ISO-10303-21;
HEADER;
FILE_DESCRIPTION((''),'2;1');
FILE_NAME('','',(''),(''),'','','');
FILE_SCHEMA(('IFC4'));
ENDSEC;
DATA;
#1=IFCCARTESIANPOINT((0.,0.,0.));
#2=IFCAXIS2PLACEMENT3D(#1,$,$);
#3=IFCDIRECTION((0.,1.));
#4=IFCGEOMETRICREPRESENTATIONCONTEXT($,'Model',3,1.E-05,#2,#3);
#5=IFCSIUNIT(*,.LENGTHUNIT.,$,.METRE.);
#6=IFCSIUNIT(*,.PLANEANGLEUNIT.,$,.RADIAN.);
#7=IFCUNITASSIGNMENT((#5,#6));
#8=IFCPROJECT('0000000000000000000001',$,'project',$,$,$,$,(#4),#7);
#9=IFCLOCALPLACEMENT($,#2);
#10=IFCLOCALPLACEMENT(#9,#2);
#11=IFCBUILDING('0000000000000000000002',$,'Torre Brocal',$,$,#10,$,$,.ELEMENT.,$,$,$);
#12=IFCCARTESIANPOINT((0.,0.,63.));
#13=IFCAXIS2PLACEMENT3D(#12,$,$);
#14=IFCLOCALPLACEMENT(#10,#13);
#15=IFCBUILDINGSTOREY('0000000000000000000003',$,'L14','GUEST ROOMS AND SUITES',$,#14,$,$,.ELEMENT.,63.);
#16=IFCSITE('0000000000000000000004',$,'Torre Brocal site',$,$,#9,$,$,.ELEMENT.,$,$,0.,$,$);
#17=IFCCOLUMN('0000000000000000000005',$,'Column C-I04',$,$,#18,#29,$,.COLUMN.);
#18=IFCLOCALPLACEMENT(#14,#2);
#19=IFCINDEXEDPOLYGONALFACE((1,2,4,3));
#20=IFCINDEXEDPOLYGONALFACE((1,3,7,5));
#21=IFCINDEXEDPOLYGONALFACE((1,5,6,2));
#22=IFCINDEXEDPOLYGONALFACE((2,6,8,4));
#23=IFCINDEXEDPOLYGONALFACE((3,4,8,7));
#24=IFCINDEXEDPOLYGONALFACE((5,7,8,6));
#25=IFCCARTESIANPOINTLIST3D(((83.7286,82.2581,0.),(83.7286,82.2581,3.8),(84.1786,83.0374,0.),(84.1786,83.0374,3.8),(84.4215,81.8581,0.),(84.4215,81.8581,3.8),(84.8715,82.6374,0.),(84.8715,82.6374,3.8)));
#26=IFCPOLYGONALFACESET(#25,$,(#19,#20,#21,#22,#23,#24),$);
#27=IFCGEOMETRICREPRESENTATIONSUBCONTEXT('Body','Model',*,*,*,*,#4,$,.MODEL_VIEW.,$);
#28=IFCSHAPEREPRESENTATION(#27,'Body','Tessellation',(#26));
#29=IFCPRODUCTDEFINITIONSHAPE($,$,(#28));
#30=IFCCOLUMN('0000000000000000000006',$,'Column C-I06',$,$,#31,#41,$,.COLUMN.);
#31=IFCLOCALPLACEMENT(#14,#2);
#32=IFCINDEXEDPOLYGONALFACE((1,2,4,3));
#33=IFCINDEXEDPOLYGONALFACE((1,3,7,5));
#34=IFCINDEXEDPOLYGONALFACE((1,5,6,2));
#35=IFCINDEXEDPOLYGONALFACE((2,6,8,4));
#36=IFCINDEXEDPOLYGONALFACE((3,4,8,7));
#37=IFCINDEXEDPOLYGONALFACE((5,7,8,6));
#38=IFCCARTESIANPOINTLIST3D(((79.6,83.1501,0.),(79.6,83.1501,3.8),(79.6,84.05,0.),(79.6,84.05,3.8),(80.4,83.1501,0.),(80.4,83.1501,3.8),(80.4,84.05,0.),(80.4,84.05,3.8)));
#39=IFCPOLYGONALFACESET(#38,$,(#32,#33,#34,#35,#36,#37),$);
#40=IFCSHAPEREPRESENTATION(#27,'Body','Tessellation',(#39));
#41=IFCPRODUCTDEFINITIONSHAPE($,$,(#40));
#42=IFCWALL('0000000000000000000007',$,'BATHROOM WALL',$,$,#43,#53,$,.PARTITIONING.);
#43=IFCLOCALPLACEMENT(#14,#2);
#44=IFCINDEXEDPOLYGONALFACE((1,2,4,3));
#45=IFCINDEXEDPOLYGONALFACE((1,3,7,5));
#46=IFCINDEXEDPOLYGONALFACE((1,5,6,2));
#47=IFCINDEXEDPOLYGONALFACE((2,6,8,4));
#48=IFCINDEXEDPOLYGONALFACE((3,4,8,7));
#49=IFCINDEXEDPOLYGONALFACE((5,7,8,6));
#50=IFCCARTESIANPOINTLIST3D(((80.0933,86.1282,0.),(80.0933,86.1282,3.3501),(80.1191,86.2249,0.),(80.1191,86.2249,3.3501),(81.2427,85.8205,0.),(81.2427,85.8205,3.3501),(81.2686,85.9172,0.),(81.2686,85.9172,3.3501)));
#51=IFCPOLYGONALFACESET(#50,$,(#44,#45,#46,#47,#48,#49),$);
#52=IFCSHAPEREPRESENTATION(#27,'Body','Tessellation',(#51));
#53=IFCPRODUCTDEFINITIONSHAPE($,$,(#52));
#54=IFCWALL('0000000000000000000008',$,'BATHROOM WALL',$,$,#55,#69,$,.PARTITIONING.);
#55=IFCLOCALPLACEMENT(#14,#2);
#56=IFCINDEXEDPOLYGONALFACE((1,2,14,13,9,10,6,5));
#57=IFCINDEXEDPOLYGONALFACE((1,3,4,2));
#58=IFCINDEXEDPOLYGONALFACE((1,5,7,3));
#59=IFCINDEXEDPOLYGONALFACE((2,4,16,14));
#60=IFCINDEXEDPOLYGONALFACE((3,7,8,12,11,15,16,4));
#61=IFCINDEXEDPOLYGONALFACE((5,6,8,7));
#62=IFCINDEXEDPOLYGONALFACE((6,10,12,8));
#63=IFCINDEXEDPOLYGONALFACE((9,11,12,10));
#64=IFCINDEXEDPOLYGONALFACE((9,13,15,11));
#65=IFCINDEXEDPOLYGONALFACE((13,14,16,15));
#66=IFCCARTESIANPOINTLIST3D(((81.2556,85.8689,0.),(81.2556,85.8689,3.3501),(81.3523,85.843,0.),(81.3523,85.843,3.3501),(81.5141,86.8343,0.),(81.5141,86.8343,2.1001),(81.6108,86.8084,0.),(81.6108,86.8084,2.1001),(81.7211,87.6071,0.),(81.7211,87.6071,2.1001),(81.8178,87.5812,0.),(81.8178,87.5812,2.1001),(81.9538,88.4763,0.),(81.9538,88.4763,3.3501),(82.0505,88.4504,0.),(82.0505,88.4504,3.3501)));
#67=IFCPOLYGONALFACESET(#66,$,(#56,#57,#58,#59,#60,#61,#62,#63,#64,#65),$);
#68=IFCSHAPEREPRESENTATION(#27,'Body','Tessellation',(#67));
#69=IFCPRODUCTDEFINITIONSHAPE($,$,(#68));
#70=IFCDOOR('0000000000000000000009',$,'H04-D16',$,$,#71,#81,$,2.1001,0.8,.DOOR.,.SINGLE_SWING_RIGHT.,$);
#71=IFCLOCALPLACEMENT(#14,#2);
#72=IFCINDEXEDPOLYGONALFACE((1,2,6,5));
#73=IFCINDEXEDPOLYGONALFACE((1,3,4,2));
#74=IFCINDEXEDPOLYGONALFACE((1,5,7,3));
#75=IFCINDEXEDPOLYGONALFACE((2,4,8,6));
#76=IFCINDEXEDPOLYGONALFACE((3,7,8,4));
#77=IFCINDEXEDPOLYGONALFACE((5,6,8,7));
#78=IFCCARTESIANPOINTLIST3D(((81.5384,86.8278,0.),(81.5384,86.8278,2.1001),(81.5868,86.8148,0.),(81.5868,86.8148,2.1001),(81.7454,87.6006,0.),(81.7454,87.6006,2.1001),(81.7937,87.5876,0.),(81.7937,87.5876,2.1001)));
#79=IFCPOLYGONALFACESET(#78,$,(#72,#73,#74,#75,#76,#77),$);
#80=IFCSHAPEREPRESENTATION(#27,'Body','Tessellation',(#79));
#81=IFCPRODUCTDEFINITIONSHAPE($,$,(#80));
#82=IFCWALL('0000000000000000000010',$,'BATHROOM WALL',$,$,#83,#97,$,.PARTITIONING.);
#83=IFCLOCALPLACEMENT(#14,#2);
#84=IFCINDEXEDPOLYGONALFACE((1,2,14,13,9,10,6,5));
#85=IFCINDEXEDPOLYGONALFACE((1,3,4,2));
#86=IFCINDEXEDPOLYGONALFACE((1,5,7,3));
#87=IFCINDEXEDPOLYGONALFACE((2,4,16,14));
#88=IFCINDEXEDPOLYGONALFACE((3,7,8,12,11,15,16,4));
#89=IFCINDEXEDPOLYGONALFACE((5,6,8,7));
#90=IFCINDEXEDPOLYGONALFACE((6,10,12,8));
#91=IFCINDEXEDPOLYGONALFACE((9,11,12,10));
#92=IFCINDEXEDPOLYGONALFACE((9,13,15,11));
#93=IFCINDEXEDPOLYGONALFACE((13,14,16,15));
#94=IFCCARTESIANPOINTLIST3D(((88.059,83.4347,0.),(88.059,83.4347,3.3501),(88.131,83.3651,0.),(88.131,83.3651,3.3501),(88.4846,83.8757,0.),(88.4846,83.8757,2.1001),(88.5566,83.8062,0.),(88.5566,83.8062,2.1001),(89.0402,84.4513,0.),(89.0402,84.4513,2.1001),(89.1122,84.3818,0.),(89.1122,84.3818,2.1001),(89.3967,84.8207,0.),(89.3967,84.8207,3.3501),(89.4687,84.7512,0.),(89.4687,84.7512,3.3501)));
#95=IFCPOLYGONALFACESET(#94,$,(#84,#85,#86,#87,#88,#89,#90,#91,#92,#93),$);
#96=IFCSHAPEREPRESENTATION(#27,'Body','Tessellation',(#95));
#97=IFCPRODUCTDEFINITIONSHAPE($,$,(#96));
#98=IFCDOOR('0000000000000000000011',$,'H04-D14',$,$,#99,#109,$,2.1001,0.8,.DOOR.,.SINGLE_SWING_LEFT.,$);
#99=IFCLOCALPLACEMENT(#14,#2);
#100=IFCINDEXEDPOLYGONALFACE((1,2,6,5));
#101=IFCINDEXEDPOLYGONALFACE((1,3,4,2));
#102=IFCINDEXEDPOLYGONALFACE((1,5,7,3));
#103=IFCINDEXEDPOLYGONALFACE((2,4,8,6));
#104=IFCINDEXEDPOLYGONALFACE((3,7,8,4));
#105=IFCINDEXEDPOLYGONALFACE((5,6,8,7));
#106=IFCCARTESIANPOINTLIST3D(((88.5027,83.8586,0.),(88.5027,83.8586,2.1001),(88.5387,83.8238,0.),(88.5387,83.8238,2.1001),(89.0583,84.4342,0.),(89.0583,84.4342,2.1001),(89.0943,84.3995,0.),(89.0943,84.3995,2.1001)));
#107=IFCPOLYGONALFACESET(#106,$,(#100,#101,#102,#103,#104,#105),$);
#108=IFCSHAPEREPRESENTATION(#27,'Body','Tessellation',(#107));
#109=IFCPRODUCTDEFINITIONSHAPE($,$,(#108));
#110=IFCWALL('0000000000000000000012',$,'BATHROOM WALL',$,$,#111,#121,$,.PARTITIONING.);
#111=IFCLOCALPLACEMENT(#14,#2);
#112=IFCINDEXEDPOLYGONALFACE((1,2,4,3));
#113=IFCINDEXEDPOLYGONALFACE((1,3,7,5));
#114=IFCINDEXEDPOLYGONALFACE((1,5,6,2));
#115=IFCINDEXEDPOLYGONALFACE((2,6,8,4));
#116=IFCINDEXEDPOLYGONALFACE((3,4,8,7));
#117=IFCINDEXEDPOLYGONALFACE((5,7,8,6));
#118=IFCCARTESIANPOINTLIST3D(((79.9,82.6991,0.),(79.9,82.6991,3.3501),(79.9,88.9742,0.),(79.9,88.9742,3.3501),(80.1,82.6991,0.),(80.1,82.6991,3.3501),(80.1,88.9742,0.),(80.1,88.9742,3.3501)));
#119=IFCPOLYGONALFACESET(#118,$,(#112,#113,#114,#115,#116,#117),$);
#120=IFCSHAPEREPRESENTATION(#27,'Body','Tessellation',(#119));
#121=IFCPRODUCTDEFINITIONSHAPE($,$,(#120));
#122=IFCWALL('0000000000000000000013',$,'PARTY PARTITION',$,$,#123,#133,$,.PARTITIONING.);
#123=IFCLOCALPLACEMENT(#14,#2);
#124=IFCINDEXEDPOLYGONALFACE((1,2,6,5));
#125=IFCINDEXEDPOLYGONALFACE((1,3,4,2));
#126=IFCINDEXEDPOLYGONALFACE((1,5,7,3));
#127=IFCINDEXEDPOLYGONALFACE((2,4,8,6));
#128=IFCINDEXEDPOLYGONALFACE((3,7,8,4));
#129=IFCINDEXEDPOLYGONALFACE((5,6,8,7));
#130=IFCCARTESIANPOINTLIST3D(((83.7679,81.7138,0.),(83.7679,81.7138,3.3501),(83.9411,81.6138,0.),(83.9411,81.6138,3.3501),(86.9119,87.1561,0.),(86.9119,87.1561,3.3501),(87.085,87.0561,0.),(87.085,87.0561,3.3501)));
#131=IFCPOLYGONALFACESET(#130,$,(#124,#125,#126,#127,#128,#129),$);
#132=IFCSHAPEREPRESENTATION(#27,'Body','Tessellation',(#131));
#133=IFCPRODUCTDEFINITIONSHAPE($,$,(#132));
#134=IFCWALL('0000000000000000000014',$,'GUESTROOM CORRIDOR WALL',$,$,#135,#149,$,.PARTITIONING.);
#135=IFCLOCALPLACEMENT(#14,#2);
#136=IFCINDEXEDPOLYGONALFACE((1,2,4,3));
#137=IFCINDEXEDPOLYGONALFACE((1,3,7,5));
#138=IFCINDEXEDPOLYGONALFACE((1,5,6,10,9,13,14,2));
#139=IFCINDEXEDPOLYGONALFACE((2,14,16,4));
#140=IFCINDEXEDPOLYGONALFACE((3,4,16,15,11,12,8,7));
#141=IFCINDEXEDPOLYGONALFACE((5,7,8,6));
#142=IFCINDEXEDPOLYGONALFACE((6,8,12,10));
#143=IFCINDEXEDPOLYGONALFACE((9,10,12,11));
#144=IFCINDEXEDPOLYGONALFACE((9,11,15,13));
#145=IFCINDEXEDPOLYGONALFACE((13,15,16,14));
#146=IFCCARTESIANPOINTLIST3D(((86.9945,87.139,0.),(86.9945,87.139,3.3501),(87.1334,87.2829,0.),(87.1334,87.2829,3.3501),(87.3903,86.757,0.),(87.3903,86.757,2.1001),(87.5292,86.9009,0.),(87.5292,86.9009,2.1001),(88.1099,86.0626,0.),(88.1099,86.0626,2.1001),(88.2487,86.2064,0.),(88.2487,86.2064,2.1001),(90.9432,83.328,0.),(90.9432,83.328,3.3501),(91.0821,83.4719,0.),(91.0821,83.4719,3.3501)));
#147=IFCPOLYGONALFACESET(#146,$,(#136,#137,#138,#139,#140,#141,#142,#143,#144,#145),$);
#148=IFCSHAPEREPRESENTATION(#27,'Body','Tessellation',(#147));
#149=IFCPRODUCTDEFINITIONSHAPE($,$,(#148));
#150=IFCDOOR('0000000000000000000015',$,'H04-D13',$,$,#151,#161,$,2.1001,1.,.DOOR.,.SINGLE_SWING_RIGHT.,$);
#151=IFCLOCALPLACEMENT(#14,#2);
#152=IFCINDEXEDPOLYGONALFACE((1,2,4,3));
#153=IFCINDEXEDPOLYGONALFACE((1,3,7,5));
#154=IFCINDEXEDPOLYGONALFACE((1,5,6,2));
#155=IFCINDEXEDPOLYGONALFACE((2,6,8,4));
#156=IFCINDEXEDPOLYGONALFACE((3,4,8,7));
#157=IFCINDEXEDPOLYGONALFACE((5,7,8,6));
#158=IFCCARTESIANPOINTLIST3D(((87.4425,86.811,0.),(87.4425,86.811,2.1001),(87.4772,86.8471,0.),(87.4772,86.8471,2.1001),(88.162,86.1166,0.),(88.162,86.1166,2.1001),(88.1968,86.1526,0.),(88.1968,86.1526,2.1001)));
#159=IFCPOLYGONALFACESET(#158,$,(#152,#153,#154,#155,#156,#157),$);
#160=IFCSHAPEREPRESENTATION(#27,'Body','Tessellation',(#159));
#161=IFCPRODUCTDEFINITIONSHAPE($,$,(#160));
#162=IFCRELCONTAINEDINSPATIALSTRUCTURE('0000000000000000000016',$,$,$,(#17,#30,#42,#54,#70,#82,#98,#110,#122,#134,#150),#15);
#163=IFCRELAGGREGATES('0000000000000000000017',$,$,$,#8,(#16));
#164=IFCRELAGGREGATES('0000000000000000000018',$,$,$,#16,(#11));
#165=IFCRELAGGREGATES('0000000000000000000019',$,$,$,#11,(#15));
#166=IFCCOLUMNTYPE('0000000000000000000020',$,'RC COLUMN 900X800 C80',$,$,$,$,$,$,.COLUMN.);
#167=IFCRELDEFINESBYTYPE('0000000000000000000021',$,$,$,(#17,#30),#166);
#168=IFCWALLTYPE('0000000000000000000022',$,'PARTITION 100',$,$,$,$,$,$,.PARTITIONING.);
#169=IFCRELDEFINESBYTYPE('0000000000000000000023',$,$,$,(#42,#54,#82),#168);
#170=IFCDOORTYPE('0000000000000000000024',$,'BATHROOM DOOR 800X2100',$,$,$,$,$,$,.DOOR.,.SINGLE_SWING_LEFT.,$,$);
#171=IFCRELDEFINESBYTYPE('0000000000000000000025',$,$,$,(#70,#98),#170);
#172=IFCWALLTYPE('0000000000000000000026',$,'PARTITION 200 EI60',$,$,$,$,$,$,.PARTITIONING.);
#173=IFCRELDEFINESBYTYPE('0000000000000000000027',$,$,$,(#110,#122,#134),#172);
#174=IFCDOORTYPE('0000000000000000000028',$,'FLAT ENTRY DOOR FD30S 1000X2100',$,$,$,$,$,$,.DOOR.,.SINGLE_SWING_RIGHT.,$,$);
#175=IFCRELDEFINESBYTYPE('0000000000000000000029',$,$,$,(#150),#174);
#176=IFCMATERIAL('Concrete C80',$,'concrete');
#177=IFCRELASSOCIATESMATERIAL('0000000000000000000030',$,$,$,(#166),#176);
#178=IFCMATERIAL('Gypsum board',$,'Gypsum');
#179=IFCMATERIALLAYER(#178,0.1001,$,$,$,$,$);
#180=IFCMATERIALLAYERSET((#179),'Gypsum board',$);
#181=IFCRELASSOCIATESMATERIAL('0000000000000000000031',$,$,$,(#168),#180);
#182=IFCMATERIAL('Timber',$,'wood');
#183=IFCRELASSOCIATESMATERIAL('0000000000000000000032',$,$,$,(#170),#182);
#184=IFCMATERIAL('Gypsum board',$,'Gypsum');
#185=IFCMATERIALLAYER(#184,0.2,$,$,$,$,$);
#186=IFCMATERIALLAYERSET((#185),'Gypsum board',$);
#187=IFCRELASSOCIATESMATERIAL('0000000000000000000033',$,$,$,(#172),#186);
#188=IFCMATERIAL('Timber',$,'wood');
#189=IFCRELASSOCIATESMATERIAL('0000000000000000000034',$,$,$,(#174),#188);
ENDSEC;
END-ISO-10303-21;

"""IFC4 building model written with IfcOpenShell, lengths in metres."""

from ifc_helpers import new_model, si_unit, direction, frame, frame_2d, origin, origin_2d, place, context, subcontext, project, spatial, rectangle, extrude, material, layer, layer_set, material_profile, profile_set, type_object, element, fill, save


model = new_model("IFC4")

# Units and contexts
model_context = context("Model", 3, precision=1e-05, world=origin(), true_north=direction((0.0, 1.0)))
body_context = subcontext(model_context, "Body", "Model", "MODEL_VIEW")
ifc_project = project(units=[si_unit("LENGTHUNIT", "METRE"), si_unit("PLANEANGLEUNIT", "RADIAN")], contexts=[model_context])

# Site, building, storey
site_placement = place(None, origin())
site = spatial("IfcSite", under=ifc_project, at=site_placement, Name="Torre Brocal site", CompositionType="ELEMENT", RefElevation=0.0)
building_placement = place(site_placement, origin())
building = spatial("IfcBuilding", under=site, at=building_placement, Name="Torre Brocal", CompositionType="ELEMENT")
storey_placement = place(building_placement, frame((0.0, 0.0, 63.0)))
storey = spatial("IfcBuildingStorey", under=building, at=storey_placement, Name="L14", Description="GUEST ROOMS AND SUITES", CompositionType="ELEMENT", Elevation=63.0)

# Columns
ifc_material_1 = material(Name="Concrete C80", Category="concrete")
ifc_material_profile = material_profile(ifc_material_1, rectangle(XDim=0.8999, YDim=0.8, at=origin_2d()), Name="RC 900X800")
ifc_profile_set = profile_set([ifc_material_profile], Name="Concrete C80")
column_type = type_object("IfcColumnType", Name="RC COLUMN 900X800 C80", PredefinedType="COLUMN", material=ifc_profile_set)
for number, where, z_axis, x_axis, name in (
    (1, (84.3, 82.4478, 0.0), (0.0, 0.0, 1.0), (0.5, 0.866025, 0.0), "Column C-I04"),
    (2, (80.0, 83.6001, 0.0), (0.0, 0.0, 1.0), (0.0, 1.0, 0.0), "Column C-I06"),
):
    element("IfcColumn", number, at=place(storey_placement, frame(where, z_axis=z_axis, x_axis=x_axis)), inside=storey, type_object=column_type, Name=name, PredefinedType="COLUMN", context=body_context, shape_type="SweptSolid", body=[
        extrude(rectangle(XDim=0.8999, YDim=0.8, at=origin_2d()), origin(), (0.0, 0.0, 1.0), 3.8),
    ])

# Wall
ifc_material_2 = material(Name="Gypsum board", Category="Gypsum")
ifc_layer_1 = layer(ifc_material_2, 0.1001)
ifc_layer_set_1 = layer_set([ifc_layer_1], Name="Gypsum board")
wall_type_1 = type_object("IfcWallType", Name="PARTITION 100", PredefinedType="PARTITIONING", material=ifc_layer_set_1)
wall_1_placement = place(storey_placement, frame((80.1062, 86.1765, 0.0), z_axis=(0.0, 0.0, 1.0), x_axis=(0.966003, -0.258531, 0.0)))
element("IfcWall", 3, at=wall_1_placement, inside=storey, type_object=wall_type_1, Name="BATHROOM WALL", PredefinedType="PARTITIONING", context=body_context, shape_type="SweptSolid", body=[
    extrude(rectangle(XDim=1.1899, YDim=0.1001, at=frame_2d((0.595, 0.0))), origin(), (0.0, 0.0, 1.0), 3.3501),
])

# Walls, openings, doors
wall_2_placement = place(storey_placement, frame((81.304, 85.856, 0.0), z_axis=(0.0, 0.0, 1.0), x_axis=(0.258676, 0.965964, 0.0)))
wall_2 = element("IfcWall", 4, at=wall_2_placement, inside=storey, type_object=wall_type_1, Name="BATHROOM WALL", PredefinedType="PARTITIONING", context=body_context, shape_type="SweptSolid", body=[
    extrude(rectangle(XDim=2.6992, YDim=0.1001, at=frame_2d((1.3496, 0.0))), origin(), (0.0, 0.0, 1.0), 3.3501),
])
opening_1_placement = place(wall_2_placement, frame((0.9995, 0.0, 0.0)))
opening_1 = element("IfcOpeningElement", 5, at=opening_1_placement, cuts=wall_2, PredefinedType="OPENING", context=body_context, shape_type="SweptSolid", body=[
    extrude(rectangle(XDim=0.8, YDim=2.1001, at=frame_2d((0.3999, 1.05))), frame((0.0, 0.0601, 0.0), z_axis=(0.0, -1.0, 0.0), x_axis=(1.0, 0.0, 0.0)), (0.0, 0.0, 1.0), 0.1201),
])
ifc_material_3 = material(Name="Timber", Category="wood")
door_type_1 = type_object("IfcDoorType", Name="BATHROOM DOOR 800X2100", OperationType="SINGLE_SWING_LEFT", PredefinedType="DOOR", material=ifc_material_3)
door_1_placement = place(opening_1_placement, origin())
door_1 = element("IfcDoor", 6, at=door_1_placement, inside=storey, type_object=door_type_1, Name="H04-D16", OperationType="SINGLE_SWING_RIGHT", OverallHeight=2.1001, OverallWidth=0.8, PredefinedType="DOOR", context=body_context, shape_type="SweptSolid", body=[
    extrude(rectangle(XDim=0.8, YDim=2.1001, at=frame_2d((0.3999, 1.05))), frame((0.0, 0.0249, 0.0), z_axis=(0.0, -1.0, 0.0), x_axis=(1.0, 0.0, 0.0)), (0.0, 0.0, 1.0), 0.05),
])
fill(opening_1, door_1)
wall_3_placement = place(storey_placement, frame((88.095, 83.3999, 0.0), z_axis=(0.0, 0.0, 1.0), x_axis=(0.694447, 0.719543, 0.0)))
wall_3 = element("IfcWall", 7, at=wall_3_placement, inside=storey, type_object=wall_type_1, Name="BATHROOM WALL", PredefinedType="PARTITIONING", context=body_context, shape_type="SweptSolid", body=[
    extrude(rectangle(XDim=1.9263, YDim=0.1001, at=frame_2d((0.9631, 0.0))), origin(), (0.0, 0.0, 1.0), 3.3501),
])
opening_2_placement = place(wall_3_placement, frame((0.613, 0.0, 0.0)))
opening_2 = element("IfcOpeningElement", 8, at=opening_2_placement, cuts=wall_3, PredefinedType="OPENING", context=body_context, shape_type="SweptSolid", body=[
    extrude(rectangle(XDim=0.8, YDim=2.1001, at=frame_2d((0.3999, 1.05))), frame((0.0, 0.0601, 0.0), z_axis=(0.0, -1.0, 0.0), x_axis=(1.0, 0.0, 0.0)), (0.0, 0.0, 1.0), 0.1201),
])
door_2_placement = place(opening_2_placement, frame((0.8, 0.0, 0.0), z_axis=(0.0, 0.0, 1.0), x_axis=(-1.0, 0.0, 0.0)))
door_2 = element("IfcDoor", 9, at=door_2_placement, inside=storey, type_object=door_type_1, Name="H04-D14", OperationType="SINGLE_SWING_LEFT", OverallHeight=2.1001, OverallWidth=0.8, PredefinedType="DOOR", context=body_context, shape_type="SweptSolid", body=[
    extrude(rectangle(XDim=0.8, YDim=2.1001, at=frame_2d((0.3999, 1.05))), frame((0.0, 0.0249, 0.0), z_axis=(0.0, -1.0, 0.0), x_axis=(1.0, 0.0, 0.0)), (0.0, 0.0, 1.0), 0.05),
])
fill(opening_2, door_2)

# Walls
ifc_material_4 = material(Name="Gypsum board", Category="Gypsum")
ifc_layer_2 = layer(ifc_material_4, 0.2)
ifc_layer_set_2 = layer_set([ifc_layer_2], Name="Gypsum board")
wall_type_2 = type_object("IfcWallType", Name="PARTITION 200 EI60", PredefinedType="PARTITIONING", material=ifc_layer_set_2)
wall_4_placement = place(storey_placement, frame((80.0, 82.699, 0.0), z_axis=(0.0, 0.0, 1.0), x_axis=(0.0, 1.0, 0.0)))
element("IfcWall", 10, at=wall_4_placement, inside=storey, type_object=wall_type_2, Name="BATHROOM WALL", PredefinedType="PARTITIONING", context=body_context, shape_type="SweptSolid", body=[
    extrude(rectangle(XDim=6.2751, YDim=0.2, at=frame_2d((3.1377, 0.0))), origin(), (0.0, 0.0, 1.0), 3.3501),
])
wall_5_placement = place(storey_placement, frame((83.8545, 81.6638, 0.0), z_axis=(0.0, 0.0, 1.0), x_axis=(0.500225, 0.865896, 0.0)))
element("IfcWall", 11, at=wall_5_placement, inside=storey, type_object=wall_type_2, Name="PARTY PARTITION", PredefinedType="PARTITIONING", context=body_context, shape_type="SweptSolid", body=[
    extrude(rectangle(XDim=6.2852, YDim=0.2, at=frame_2d((3.1426, 0.0))), origin(), (0.0, 0.0, 1.0), 3.3501),
])

# Wall, opening, door
wall_6_placement = place(storey_placement, frame((87.064, 87.2109, 0.0), z_axis=(0.0, 0.0, 1.0), x_axis=(0.719541, -0.69445, 0.0)))
wall_6 = element("IfcWall", 12, at=wall_6_placement, inside=storey, type_object=wall_type_2, Name="GUESTROOM CORRIDOR WALL", PredefinedType="PARTITIONING", context=body_context, shape_type="SweptSolid", body=[
    extrude(rectangle(XDim=5.4878, YDim=0.2, at=frame_2d((2.7439, 0.0))), origin(), (0.0, 0.0, 1.0), 3.3501),
])
opening_3_placement = place(wall_6_placement, frame((0.55, 0.0, 0.0)))
opening_3 = element("IfcOpeningElement", 13, at=opening_3_placement, cuts=wall_6, PredefinedType="OPENING", context=body_context, shape_type="SweptSolid", body=[
    extrude(rectangle(XDim=1.0, YDim=2.1001, at=frame_2d((0.5, 1.05))), frame((0.0, 0.1099, 0.0), z_axis=(0.0, -1.0, 0.0), x_axis=(1.0, 0.0, 0.0)), (0.0, 0.0, 1.0), 0.22),
])
ifc_material_5 = material(Name="Timber", Category="wood")
door_type_2 = type_object("IfcDoorType", Name="FLAT ENTRY DOOR FD30S 1000X2100", OperationType="SINGLE_SWING_RIGHT", PredefinedType="DOOR", material=ifc_material_5)
door_3_placement = place(opening_3_placement, frame((1.0, 0.0, 0.0), z_axis=(0.0, 0.0, 1.0), x_axis=(-1.0, 0.0, 0.0)))
door_3 = element("IfcDoor", 14, at=door_3_placement, inside=storey, type_object=door_type_2, Name="H04-D13", OperationType="SINGLE_SWING_RIGHT", OverallHeight=2.1001, OverallWidth=1.0, PredefinedType="DOOR", context=body_context, shape_type="SweptSolid", body=[
    extrude(rectangle(XDim=1.0, YDim=2.1001, at=frame_2d((0.5, 1.05))), frame((0.0, 0.0249, 0.0), z_axis=(0.0, -1.0, 0.0), x_axis=(1.0, 0.0, 0.0)), (0.0, 0.0, 1.0), 0.05),
])
fill(opening_3, door_3)

save(model, "model.ifc")
